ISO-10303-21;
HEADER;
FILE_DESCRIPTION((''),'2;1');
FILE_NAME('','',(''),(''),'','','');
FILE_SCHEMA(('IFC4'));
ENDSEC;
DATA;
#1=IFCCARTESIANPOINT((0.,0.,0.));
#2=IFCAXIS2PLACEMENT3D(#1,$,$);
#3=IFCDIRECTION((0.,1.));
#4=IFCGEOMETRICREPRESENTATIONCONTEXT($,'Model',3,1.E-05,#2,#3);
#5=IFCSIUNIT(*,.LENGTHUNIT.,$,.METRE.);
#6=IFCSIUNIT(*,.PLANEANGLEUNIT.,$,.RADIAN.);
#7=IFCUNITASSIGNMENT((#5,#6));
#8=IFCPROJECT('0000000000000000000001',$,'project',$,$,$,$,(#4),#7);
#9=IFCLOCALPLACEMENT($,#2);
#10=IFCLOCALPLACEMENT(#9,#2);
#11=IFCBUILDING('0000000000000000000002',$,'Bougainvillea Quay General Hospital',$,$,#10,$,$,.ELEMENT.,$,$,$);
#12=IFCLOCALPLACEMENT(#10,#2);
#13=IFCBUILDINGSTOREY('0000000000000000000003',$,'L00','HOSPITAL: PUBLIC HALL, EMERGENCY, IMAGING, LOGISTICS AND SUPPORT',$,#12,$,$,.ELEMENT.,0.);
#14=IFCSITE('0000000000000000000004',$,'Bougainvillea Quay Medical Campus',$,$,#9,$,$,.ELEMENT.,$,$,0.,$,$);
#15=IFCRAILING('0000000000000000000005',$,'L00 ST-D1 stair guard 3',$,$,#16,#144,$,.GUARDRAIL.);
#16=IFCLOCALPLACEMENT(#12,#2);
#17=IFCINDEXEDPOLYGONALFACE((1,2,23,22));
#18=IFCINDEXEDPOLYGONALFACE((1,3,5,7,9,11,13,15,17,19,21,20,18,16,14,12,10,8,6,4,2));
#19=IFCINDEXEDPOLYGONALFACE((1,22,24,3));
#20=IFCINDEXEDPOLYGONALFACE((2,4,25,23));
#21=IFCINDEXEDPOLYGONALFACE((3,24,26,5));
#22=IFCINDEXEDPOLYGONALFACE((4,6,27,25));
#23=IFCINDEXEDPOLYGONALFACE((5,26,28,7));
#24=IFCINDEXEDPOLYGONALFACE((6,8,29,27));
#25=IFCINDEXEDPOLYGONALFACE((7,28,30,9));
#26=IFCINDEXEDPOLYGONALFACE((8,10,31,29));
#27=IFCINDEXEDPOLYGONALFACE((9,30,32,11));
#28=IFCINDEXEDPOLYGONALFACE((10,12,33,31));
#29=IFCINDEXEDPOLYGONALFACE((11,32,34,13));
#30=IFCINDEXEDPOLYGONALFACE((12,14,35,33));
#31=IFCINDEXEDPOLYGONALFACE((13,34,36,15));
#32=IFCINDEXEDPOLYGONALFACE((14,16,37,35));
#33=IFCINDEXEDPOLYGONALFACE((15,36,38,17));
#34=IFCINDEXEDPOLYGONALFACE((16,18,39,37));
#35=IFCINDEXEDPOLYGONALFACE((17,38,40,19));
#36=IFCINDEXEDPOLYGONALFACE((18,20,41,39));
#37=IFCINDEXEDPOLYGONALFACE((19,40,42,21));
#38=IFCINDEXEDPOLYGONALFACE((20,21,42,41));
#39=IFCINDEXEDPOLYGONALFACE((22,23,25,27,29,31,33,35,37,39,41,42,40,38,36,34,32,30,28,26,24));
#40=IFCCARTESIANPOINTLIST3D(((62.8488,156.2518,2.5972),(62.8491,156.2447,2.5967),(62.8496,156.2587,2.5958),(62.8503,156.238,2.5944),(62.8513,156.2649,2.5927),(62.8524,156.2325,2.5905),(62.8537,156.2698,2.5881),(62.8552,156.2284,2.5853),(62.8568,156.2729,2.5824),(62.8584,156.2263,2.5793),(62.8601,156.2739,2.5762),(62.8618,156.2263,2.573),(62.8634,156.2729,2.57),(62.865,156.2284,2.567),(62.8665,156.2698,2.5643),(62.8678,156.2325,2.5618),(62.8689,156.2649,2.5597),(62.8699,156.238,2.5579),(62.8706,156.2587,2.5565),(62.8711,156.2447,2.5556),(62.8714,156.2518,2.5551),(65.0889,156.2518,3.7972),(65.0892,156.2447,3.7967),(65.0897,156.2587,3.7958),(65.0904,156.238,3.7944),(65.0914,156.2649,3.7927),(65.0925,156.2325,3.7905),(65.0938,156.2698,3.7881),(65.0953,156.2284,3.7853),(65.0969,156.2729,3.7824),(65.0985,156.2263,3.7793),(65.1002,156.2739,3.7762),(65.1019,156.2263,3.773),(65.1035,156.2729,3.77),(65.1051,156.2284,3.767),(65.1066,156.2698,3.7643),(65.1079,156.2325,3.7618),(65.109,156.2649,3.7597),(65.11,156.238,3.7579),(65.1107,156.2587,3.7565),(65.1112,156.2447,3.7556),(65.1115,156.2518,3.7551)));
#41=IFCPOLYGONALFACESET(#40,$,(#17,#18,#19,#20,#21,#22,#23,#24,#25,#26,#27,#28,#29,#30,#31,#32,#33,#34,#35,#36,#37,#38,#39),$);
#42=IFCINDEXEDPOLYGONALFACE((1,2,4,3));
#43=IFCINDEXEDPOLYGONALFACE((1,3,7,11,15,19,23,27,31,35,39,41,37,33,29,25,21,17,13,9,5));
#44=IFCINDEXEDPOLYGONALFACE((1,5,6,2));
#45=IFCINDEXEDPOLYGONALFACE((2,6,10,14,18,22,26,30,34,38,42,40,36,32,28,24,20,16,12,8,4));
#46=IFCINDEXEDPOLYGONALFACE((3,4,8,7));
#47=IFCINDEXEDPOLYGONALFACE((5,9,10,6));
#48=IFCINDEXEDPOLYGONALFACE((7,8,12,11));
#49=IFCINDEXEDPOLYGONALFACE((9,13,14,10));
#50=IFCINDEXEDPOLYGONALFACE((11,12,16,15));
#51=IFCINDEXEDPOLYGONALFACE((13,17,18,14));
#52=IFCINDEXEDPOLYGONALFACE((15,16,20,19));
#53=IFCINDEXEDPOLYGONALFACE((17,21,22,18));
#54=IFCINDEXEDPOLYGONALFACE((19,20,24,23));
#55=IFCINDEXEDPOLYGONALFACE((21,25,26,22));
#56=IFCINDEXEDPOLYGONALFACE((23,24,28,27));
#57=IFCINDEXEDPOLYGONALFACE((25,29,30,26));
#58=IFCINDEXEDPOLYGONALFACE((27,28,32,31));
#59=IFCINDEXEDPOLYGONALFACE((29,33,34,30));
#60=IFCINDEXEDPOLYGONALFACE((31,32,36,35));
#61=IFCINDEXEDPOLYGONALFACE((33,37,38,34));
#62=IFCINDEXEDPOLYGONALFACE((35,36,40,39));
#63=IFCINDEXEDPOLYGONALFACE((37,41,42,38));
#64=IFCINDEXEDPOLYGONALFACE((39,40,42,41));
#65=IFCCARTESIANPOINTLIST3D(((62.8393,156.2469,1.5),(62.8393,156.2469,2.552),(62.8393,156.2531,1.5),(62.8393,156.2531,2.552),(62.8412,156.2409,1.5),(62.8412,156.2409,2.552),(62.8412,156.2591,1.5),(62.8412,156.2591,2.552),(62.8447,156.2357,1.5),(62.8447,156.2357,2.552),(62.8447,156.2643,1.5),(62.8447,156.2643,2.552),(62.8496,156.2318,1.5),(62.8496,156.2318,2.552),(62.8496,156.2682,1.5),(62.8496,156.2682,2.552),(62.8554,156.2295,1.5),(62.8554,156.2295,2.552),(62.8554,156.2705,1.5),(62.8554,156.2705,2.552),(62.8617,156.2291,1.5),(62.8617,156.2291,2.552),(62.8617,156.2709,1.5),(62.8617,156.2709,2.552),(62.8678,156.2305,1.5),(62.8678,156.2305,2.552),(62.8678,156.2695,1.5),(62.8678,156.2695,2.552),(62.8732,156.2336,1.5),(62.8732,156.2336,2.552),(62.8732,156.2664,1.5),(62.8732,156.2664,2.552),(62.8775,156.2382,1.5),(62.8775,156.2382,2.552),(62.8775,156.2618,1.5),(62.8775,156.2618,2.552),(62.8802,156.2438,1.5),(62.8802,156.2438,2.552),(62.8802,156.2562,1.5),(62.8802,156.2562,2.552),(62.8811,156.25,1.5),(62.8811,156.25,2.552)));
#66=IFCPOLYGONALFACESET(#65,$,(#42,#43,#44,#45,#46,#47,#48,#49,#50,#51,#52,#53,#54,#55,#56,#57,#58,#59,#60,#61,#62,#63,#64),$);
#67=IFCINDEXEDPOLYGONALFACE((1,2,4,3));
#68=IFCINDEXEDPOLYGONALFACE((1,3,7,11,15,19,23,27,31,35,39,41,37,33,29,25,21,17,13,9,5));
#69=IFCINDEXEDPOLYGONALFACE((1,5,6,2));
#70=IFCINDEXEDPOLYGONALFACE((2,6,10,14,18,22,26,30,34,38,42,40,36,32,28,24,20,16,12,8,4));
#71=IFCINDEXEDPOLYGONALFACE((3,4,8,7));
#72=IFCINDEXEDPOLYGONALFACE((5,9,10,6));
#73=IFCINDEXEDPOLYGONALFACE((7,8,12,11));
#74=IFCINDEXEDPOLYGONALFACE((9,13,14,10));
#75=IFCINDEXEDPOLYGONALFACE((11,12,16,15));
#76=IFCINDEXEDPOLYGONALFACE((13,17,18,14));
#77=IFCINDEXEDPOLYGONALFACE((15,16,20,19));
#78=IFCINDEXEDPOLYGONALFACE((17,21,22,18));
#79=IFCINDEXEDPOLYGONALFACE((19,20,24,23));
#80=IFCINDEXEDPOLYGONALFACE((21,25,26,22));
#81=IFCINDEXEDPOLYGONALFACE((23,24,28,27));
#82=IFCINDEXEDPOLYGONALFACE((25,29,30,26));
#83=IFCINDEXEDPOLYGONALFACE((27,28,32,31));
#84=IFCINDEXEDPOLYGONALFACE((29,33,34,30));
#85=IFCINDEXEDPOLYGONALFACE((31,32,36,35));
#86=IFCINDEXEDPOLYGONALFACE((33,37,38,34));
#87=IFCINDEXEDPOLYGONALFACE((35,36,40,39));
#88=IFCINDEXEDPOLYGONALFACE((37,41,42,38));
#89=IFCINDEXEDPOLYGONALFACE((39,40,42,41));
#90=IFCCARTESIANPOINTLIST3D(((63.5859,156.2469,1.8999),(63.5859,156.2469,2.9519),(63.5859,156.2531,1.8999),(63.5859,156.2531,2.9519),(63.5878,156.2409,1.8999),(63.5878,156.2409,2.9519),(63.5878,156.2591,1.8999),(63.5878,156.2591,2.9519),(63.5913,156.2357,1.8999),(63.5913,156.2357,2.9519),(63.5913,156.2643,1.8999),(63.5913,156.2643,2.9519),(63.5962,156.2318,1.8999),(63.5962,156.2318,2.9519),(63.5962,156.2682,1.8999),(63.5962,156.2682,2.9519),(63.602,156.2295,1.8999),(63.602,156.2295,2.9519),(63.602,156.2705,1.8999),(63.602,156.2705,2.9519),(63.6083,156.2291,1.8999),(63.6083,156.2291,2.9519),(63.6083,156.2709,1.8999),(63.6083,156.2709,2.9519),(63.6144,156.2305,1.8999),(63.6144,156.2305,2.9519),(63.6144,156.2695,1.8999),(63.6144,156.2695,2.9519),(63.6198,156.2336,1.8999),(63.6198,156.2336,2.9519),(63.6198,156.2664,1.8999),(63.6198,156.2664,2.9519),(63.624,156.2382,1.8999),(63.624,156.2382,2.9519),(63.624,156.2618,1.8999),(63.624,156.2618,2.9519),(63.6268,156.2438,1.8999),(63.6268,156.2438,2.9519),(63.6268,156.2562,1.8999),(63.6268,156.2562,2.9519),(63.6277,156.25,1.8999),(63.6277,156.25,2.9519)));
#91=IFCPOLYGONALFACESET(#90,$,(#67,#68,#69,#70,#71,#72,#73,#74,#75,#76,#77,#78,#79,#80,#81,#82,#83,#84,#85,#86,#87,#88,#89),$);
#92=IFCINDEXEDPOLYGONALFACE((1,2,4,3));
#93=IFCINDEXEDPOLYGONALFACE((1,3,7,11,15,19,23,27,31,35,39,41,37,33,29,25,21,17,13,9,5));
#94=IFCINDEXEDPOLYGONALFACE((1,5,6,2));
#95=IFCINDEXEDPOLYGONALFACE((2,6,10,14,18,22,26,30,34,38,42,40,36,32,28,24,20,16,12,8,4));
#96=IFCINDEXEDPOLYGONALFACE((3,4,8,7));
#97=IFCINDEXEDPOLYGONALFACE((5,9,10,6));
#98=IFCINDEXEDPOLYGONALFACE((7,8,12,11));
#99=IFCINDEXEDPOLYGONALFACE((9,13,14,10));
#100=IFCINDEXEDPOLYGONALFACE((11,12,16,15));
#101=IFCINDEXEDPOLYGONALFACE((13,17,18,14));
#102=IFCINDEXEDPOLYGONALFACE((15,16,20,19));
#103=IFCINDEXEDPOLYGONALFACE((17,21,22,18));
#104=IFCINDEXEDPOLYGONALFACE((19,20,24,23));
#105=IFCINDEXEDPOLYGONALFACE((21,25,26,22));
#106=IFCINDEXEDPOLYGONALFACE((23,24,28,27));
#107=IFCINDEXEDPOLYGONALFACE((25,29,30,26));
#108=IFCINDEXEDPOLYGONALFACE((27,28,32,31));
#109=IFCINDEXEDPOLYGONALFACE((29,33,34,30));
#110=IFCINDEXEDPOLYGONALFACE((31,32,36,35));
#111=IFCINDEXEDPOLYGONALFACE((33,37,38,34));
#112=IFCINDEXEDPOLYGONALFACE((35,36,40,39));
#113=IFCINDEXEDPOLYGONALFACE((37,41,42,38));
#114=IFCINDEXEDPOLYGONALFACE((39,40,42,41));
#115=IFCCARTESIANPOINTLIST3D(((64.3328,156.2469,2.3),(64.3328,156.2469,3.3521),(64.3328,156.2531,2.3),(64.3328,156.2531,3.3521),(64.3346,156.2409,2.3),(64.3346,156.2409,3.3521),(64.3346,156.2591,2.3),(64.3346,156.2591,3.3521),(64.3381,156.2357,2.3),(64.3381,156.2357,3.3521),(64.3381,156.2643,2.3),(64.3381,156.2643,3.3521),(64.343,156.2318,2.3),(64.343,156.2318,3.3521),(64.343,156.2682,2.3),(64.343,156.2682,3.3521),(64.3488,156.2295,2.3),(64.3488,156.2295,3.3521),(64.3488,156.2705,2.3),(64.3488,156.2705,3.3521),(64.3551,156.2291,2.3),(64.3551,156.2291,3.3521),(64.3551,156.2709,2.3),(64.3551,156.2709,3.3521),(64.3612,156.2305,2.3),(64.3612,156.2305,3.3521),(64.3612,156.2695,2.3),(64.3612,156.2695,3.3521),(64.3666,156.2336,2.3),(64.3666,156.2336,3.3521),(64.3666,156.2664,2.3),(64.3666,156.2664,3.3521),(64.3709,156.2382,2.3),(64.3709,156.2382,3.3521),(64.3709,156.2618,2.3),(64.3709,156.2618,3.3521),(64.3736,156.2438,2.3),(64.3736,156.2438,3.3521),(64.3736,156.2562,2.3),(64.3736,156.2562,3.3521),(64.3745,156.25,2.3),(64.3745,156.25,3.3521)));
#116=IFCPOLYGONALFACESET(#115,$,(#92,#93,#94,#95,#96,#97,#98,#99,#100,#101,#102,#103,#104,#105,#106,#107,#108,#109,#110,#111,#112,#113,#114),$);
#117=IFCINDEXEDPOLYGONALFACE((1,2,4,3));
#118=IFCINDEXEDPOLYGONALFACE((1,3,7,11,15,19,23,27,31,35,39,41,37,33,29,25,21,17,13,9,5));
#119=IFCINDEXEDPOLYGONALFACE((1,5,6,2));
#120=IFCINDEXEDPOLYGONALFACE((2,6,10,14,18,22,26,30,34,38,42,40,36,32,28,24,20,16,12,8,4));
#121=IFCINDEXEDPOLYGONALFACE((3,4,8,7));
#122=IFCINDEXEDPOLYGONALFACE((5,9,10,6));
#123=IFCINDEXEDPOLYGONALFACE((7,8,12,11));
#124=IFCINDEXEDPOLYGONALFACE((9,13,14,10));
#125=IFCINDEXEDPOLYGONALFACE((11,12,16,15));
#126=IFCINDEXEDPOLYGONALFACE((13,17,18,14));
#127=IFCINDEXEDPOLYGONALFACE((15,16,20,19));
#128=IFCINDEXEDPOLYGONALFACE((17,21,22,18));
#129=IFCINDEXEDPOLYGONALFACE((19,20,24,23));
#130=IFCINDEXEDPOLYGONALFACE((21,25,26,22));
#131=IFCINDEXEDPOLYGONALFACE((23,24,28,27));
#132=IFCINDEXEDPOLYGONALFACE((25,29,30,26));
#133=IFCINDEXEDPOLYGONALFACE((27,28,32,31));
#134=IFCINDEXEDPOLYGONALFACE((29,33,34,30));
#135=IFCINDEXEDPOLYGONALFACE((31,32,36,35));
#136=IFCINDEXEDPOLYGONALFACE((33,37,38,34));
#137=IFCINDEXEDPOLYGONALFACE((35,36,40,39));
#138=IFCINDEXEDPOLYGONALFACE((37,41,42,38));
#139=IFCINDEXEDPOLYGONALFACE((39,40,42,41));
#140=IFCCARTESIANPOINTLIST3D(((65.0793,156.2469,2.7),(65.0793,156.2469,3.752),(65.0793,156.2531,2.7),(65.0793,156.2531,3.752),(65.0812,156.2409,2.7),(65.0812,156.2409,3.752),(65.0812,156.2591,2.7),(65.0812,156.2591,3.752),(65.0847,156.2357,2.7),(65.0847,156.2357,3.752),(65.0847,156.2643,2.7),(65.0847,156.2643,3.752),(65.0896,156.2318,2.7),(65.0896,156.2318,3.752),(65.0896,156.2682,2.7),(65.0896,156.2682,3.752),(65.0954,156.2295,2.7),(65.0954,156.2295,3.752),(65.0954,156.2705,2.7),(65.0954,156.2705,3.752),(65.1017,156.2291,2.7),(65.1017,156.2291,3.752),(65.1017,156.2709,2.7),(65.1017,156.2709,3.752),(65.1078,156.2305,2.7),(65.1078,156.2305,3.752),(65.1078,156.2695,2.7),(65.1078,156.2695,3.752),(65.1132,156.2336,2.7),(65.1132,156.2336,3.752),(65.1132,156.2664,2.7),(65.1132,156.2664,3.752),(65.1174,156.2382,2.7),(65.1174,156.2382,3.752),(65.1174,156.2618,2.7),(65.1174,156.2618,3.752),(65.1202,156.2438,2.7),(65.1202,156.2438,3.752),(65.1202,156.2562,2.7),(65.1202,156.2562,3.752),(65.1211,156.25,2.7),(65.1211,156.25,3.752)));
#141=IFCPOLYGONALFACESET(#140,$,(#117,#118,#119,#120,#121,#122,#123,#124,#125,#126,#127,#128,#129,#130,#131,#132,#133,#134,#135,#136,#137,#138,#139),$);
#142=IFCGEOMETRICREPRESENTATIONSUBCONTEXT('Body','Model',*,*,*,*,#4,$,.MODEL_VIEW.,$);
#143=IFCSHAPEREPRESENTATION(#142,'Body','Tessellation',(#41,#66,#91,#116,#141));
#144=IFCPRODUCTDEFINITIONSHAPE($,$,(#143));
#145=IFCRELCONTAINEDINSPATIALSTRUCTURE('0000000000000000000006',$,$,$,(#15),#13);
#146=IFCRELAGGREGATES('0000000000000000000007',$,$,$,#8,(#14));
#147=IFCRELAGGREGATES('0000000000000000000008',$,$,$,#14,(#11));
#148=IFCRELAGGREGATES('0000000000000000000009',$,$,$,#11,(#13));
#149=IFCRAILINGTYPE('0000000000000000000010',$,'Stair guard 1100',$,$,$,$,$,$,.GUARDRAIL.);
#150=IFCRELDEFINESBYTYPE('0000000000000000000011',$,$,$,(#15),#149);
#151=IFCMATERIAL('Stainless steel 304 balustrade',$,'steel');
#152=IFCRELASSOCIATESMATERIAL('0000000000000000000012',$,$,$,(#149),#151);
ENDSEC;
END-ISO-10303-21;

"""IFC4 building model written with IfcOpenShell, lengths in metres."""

from ifc_helpers import new_model, si_unit, direction, frame, origin, origin_2d, place, context, subcontext, project, spatial, circle, extrude, material, type_object, element, save


model = new_model("IFC4")

# Units and contexts
model_context = context("Model", 3, precision=1e-05, world=origin(), true_north=direction((0.0, 1.0)))
body_context = subcontext(model_context, "Body", "Model", "MODEL_VIEW")
ifc_project = project(units=[si_unit("LENGTHUNIT", "METRE"), si_unit("PLANEANGLEUNIT", "RADIAN")], contexts=[model_context])

# Site, building, storey
site_placement = place(None, origin())
site = spatial("IfcSite", under=ifc_project, at=site_placement, Name="Bougainvillea Quay Medical Campus", CompositionType="ELEMENT", RefElevation=0.0)
building_placement = place(site_placement, origin())
building = spatial("IfcBuilding", under=site, at=building_placement, Name="Bougainvillea Quay General Hospital", CompositionType="ELEMENT")
storey_placement = place(building_placement, origin())
storey = spatial("IfcBuildingStorey", under=building, at=storey_placement, Name="L00", Description="HOSPITAL: PUBLIC HALL, EMERGENCY, IMAGING, LOGISTICS AND SUPPORT", CompositionType="ELEMENT", Elevation=0.0)

# Railing
ifc_material_1 = material(Name="Stainless steel 304 balustrade", Category="steel")
railing_type_1 = type_object("IfcRailingType", Name="Stair guard 1100", PredefinedType="GUARDRAIL", material=ifc_material_1)
railing_1_placement = place(storey_placement, frame((62.8601, 156.25, 1.5)))
element("IfcRailing", 1, at=railing_1_placement, inside=storey, type_object=railing_type_1, Name="L00 ST-D1 stair guard 3", PredefinedType="GUARDRAIL", context=body_context, shape_type="SweptSolid", body=[
    extrude(circle(Radius=0.0239, at=origin_2d()), frame((0.0, 0.0, 1.0762), z_axis=(0.881487, 0.0, 0.472208), x_axis=(0.0, 1.0, 0.0)), (0.0, 0.0, 1.0), 2.5413),
    extrude(circle(Radius=0.021, at=origin_2d()), origin(), (0.0, 0.0, 1.0), 1.052),
    extrude(circle(Radius=0.021, at=origin_2d()), frame((0.7466, 0.0, 0.3999)), (0.0, 0.0, 1.0), 1.052),
    extrude(circle(Radius=0.021, at=origin_2d()), frame((1.4934, 0.0, 0.8)), (0.0, 0.0, 1.0), 1.052),
    extrude(circle(Radius=0.021, at=origin_2d()), frame((2.24, 0.0, 1.2)), (0.0, 0.0, 1.0), 1.052),
])

save(model, "model.ifc")
